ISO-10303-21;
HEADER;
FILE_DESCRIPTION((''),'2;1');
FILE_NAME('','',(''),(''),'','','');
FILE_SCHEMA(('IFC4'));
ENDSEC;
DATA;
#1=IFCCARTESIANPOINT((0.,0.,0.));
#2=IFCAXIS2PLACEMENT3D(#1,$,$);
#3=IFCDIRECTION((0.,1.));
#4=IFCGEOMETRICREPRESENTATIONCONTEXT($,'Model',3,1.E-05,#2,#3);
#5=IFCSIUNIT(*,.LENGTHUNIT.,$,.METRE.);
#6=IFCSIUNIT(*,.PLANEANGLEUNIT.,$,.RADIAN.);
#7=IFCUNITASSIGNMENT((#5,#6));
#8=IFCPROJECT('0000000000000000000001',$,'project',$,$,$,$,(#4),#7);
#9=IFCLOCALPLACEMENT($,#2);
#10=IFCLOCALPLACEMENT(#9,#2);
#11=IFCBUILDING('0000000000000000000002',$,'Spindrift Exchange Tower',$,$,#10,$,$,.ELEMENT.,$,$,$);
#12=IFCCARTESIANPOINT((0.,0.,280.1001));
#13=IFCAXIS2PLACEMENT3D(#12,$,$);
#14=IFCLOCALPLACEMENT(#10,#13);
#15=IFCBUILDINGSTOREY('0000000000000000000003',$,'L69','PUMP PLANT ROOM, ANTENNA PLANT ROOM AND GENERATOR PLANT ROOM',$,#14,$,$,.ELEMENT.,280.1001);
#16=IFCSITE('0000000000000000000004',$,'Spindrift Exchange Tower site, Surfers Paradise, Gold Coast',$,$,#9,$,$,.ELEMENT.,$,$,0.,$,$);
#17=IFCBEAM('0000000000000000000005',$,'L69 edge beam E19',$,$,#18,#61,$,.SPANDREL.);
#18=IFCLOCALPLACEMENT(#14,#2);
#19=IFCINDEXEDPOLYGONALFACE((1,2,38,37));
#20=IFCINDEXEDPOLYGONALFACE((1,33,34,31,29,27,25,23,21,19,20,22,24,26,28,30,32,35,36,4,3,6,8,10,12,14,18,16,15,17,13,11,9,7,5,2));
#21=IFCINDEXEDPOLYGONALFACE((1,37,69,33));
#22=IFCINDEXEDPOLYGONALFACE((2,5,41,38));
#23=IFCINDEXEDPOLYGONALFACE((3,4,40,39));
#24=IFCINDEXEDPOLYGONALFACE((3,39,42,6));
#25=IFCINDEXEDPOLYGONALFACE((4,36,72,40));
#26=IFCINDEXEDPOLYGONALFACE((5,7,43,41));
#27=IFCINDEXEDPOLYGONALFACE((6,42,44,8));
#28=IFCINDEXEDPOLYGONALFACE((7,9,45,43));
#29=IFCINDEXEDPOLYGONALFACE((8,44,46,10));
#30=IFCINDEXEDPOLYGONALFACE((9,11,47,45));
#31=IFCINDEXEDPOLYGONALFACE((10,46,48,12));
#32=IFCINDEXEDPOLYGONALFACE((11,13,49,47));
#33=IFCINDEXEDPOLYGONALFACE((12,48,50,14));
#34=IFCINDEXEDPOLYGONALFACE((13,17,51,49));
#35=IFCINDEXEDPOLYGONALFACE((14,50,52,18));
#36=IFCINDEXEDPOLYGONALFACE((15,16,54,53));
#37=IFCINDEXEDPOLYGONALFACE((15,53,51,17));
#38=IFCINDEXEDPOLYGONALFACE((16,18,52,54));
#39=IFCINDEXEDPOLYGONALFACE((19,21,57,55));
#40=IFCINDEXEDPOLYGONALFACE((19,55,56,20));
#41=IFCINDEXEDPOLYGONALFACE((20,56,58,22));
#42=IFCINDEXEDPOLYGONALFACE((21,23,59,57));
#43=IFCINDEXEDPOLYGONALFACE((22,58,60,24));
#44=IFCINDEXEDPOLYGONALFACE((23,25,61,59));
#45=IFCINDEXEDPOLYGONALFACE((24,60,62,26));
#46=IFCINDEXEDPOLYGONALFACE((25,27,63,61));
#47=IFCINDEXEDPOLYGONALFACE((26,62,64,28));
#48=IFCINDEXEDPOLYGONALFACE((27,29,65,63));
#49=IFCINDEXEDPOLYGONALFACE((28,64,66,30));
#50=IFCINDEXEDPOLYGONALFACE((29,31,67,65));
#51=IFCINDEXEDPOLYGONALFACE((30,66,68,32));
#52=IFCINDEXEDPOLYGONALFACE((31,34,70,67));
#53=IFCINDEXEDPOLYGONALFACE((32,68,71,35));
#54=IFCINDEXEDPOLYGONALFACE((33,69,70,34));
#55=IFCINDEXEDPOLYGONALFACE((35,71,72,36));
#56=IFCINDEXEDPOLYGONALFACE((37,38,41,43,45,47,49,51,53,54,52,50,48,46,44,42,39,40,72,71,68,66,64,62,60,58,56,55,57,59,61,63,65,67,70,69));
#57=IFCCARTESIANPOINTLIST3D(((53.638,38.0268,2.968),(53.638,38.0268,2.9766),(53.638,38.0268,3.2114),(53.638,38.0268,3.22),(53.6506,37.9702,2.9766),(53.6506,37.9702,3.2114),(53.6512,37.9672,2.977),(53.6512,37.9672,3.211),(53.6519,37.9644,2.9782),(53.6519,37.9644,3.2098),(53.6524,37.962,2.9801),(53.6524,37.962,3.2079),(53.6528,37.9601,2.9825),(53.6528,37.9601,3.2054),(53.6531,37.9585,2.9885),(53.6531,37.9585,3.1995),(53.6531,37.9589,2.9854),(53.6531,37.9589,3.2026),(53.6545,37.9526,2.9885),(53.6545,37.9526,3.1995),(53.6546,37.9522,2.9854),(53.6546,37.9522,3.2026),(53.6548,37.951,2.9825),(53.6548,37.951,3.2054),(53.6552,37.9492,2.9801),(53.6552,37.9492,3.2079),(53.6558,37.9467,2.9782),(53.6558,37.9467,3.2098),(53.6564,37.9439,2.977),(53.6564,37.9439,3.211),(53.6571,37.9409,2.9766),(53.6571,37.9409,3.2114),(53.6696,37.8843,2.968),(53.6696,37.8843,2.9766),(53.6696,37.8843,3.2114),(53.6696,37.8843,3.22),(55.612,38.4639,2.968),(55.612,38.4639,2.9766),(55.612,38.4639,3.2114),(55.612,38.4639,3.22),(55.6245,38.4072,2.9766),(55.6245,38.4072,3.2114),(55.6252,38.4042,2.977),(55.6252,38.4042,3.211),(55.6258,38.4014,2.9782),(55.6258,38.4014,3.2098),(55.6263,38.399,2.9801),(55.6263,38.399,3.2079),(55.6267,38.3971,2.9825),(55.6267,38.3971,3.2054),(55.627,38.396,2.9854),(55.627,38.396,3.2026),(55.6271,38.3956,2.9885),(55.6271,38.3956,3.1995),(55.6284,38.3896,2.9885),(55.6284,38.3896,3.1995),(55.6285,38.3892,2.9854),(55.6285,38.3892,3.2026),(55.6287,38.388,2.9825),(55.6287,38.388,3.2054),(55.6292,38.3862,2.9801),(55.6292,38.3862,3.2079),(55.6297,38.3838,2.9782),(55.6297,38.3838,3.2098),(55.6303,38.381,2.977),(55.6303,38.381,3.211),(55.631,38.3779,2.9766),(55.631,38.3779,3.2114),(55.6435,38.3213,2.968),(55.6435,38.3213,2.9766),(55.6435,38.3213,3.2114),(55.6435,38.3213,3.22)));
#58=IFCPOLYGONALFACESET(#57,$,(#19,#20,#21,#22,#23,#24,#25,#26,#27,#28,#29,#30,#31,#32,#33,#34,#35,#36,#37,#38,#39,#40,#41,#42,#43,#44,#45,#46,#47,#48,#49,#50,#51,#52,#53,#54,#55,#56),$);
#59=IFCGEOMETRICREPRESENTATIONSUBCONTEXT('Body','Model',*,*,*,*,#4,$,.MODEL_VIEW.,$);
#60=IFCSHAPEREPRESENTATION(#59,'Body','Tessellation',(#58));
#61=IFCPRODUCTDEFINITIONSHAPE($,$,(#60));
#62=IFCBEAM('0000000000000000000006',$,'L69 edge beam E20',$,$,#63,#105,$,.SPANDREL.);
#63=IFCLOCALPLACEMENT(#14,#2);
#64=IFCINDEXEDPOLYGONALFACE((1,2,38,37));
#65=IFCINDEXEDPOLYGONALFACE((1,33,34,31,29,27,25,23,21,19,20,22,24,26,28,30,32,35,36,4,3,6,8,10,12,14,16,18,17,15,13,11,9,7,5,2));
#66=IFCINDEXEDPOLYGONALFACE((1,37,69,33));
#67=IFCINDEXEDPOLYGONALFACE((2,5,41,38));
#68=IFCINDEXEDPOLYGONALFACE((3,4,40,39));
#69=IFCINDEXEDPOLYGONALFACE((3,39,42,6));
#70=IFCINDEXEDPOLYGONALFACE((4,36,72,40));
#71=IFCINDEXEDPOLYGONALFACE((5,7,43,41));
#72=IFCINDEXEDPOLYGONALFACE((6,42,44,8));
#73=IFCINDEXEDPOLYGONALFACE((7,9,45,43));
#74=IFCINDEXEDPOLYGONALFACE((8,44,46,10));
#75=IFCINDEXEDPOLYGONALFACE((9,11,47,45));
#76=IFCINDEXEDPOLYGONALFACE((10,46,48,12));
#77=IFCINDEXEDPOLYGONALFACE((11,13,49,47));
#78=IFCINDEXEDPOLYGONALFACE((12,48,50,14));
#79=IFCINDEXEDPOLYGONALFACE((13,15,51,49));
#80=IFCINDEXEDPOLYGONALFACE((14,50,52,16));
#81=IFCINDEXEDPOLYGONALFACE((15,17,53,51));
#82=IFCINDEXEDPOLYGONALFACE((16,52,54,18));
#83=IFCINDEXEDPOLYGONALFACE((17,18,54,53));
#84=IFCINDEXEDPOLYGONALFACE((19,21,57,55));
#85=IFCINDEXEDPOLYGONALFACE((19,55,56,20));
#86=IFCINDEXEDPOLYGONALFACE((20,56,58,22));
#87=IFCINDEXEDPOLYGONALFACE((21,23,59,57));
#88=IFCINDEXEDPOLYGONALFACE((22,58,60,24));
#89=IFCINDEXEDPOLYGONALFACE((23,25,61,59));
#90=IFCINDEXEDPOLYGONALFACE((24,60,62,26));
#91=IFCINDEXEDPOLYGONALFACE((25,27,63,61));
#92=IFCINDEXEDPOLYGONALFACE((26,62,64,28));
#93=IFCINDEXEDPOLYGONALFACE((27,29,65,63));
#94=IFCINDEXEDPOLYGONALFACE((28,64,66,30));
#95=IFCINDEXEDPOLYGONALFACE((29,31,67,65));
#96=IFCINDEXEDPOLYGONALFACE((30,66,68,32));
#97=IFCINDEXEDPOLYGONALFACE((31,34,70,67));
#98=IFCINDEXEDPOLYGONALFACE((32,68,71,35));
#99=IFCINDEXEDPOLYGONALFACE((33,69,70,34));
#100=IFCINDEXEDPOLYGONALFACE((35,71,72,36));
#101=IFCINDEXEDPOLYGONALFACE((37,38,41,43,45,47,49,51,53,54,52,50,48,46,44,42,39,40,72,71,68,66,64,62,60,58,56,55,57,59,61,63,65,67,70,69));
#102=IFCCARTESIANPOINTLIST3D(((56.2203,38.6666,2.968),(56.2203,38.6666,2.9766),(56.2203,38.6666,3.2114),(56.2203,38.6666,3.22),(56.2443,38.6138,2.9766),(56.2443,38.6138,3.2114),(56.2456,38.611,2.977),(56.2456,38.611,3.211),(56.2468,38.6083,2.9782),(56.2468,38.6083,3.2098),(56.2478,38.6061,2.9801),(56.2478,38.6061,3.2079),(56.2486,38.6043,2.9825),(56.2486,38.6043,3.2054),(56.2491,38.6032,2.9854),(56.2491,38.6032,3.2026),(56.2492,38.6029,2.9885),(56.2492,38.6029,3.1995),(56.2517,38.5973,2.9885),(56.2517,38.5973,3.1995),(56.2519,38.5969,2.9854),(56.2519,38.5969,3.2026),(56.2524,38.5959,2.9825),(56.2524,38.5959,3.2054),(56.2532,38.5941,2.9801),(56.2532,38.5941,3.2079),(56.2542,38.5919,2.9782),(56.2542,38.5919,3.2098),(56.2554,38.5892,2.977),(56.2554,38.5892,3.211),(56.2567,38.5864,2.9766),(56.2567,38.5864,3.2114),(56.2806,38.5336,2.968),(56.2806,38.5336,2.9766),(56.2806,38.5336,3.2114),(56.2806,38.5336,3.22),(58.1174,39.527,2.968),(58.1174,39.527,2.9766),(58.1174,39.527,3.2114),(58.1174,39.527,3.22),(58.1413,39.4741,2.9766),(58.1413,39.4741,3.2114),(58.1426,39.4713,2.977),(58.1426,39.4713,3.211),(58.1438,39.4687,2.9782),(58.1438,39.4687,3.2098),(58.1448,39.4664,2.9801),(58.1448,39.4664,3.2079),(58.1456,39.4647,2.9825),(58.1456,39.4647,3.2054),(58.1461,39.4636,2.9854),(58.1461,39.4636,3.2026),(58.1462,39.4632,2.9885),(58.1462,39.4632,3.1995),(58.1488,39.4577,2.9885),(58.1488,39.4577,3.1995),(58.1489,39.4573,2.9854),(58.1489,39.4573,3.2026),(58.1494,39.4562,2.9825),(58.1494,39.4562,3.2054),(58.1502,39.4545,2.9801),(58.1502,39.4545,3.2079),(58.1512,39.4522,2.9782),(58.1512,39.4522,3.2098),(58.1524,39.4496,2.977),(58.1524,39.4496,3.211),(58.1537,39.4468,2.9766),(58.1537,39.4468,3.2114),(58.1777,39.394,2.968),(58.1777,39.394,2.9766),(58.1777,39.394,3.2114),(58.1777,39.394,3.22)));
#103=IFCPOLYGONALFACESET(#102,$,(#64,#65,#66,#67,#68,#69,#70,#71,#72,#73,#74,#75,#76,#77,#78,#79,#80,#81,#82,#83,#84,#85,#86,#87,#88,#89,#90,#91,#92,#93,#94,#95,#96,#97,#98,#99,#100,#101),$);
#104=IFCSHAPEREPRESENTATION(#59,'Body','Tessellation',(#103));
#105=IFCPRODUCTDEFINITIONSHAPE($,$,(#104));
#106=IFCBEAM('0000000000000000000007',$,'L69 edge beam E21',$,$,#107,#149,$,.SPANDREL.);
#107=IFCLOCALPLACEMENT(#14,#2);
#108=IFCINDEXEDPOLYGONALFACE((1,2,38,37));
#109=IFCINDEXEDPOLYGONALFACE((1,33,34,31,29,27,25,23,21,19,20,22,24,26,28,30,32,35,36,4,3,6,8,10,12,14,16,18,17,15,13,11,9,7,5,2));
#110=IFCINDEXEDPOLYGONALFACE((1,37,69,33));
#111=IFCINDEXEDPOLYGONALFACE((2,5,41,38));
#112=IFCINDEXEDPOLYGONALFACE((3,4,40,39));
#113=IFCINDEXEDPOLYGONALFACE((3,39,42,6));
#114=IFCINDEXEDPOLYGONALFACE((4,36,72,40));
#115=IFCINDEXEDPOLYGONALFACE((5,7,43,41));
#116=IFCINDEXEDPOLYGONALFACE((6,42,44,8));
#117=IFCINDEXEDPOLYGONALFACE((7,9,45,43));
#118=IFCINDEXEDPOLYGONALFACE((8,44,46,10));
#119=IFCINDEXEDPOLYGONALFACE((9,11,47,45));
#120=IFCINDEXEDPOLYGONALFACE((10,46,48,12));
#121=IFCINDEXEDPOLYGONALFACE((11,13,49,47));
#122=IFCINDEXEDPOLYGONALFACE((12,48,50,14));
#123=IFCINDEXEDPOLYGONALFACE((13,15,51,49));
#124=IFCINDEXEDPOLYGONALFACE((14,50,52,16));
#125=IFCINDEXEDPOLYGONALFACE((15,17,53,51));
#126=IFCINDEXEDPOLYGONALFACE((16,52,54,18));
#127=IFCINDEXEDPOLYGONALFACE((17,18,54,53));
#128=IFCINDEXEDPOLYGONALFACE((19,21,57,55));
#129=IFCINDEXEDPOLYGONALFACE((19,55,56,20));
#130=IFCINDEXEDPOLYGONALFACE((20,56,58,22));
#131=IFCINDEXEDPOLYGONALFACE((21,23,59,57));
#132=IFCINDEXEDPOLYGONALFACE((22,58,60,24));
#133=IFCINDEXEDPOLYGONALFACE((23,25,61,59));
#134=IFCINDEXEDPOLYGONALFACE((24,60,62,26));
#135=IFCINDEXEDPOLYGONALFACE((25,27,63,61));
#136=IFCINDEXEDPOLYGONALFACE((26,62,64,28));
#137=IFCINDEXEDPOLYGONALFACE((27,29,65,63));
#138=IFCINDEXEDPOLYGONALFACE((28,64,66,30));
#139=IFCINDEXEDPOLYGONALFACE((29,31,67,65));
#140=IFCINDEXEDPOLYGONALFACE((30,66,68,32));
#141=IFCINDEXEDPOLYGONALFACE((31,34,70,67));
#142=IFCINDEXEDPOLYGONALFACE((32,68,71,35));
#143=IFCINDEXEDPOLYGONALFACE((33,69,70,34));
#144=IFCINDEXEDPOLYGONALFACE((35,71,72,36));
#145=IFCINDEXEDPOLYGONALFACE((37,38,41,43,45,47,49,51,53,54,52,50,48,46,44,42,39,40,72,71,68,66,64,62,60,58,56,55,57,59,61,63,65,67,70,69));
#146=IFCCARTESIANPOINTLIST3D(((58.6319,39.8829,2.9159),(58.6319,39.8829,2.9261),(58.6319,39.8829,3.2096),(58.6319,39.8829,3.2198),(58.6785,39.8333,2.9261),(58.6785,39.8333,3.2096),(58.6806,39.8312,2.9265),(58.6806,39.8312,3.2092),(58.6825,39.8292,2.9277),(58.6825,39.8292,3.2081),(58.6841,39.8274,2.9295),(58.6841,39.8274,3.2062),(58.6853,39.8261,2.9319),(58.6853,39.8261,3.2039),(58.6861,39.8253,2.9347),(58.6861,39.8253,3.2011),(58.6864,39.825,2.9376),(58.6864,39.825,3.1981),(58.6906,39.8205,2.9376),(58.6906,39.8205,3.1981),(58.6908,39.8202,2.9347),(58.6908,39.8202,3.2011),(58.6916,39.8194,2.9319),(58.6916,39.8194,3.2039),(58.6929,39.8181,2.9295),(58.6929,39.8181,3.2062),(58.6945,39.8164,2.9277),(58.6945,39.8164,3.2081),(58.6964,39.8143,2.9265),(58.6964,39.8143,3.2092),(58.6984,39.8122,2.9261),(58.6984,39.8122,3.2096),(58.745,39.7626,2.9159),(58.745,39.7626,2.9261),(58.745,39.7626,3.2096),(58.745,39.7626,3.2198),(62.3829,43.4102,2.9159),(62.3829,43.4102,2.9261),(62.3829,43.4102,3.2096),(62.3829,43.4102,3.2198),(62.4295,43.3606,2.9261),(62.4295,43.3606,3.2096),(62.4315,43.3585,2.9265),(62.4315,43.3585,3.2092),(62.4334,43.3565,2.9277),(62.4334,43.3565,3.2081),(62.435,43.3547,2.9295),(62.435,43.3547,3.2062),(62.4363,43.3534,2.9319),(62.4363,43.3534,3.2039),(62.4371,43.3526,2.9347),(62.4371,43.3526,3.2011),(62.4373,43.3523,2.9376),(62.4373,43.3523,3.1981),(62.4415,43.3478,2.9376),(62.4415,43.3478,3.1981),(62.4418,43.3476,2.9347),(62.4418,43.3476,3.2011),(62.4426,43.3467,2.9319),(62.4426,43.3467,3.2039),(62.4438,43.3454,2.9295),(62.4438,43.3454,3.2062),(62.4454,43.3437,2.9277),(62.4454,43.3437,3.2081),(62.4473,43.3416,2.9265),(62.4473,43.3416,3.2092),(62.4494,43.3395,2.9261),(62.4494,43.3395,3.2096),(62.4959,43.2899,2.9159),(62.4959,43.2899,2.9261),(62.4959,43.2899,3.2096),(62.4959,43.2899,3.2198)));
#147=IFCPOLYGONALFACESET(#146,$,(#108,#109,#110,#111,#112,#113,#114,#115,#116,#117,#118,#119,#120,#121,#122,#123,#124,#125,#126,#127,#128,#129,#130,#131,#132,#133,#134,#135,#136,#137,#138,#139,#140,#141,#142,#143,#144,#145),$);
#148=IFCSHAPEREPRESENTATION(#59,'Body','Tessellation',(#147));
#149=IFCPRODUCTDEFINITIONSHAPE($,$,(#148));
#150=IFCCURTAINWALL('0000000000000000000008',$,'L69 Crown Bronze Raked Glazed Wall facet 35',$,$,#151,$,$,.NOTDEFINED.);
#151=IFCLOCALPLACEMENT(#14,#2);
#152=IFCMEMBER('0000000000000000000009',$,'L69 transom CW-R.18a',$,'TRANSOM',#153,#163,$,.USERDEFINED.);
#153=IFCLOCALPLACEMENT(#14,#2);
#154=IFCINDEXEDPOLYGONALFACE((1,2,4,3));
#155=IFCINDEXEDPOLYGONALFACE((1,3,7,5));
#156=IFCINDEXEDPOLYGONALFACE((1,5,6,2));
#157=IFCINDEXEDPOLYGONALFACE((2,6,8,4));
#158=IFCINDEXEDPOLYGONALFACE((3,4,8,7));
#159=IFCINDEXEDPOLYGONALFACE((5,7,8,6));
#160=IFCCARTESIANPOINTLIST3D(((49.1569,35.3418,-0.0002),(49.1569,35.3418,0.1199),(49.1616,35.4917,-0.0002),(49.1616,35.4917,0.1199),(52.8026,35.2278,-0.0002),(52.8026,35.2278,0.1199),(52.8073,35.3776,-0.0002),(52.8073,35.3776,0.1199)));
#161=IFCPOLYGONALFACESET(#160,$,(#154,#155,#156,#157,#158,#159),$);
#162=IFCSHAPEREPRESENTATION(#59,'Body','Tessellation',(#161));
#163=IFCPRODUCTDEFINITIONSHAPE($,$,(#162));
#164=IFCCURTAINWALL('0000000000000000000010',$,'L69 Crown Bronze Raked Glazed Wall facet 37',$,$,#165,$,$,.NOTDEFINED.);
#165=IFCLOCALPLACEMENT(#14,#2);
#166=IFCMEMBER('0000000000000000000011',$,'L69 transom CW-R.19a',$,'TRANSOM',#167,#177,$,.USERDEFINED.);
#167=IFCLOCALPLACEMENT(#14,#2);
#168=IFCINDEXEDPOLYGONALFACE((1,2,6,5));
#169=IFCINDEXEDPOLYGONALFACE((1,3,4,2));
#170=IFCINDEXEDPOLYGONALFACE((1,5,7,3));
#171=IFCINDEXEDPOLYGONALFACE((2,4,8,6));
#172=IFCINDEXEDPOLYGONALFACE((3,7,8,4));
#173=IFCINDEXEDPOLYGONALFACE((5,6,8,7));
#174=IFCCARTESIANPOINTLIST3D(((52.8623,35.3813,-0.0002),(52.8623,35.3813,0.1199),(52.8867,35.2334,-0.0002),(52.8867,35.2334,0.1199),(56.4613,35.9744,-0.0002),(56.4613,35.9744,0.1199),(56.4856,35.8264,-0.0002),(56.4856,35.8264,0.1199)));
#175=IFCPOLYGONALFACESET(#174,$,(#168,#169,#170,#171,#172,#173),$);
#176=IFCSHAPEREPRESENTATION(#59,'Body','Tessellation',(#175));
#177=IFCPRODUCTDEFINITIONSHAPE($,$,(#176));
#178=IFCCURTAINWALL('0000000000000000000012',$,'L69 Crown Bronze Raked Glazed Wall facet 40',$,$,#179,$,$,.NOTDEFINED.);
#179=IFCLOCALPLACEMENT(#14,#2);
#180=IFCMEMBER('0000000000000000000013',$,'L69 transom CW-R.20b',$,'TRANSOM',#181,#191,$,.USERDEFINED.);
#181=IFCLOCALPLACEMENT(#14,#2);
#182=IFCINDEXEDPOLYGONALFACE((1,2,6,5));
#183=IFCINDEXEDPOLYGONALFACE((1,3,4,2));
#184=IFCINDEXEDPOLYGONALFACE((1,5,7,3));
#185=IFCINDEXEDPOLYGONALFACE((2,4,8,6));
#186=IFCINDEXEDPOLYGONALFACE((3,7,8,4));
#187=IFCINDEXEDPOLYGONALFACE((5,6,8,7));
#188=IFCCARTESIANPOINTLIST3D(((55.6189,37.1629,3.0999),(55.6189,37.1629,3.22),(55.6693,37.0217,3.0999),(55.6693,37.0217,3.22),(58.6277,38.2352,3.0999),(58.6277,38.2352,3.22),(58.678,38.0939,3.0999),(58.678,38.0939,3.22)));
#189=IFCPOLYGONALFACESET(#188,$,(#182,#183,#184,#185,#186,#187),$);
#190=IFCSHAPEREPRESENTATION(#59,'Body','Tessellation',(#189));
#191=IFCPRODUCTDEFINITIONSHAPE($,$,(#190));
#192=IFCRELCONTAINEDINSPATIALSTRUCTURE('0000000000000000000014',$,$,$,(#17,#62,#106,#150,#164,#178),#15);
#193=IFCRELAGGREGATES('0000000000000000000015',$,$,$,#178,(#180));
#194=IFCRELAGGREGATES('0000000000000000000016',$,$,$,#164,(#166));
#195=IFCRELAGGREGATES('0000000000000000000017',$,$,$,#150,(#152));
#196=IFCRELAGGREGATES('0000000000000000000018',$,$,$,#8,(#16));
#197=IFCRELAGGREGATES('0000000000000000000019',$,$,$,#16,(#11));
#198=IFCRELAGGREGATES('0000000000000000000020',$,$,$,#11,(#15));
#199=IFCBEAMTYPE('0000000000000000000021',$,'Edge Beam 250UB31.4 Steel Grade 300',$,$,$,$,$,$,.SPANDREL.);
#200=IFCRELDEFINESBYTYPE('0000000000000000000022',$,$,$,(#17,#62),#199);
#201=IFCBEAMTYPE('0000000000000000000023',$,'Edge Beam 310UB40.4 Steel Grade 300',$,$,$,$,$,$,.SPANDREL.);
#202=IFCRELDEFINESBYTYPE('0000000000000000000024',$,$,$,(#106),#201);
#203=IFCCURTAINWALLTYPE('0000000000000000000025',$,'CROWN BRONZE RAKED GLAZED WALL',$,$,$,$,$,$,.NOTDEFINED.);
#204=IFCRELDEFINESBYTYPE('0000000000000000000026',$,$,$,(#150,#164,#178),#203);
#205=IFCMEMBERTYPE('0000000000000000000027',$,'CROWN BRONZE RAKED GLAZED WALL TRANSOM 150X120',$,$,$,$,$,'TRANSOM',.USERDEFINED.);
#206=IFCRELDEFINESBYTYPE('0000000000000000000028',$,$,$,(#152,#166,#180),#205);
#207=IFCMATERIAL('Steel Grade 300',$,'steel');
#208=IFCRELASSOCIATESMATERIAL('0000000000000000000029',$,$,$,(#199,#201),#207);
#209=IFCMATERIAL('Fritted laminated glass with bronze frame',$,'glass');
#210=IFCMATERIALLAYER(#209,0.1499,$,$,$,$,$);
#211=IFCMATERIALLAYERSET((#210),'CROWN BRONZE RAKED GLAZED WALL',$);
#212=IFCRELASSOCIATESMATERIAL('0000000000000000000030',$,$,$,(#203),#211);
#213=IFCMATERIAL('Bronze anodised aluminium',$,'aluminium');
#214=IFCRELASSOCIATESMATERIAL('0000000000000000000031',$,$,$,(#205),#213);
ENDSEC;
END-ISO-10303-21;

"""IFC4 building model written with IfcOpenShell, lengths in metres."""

from ifc_helpers import new_model, si_unit, direction, frame, origin, origin_2d, place, context, subcontext, project, spatial, rectangle, i_section, extrude, source, transform, mapped, material, layer, layer_set, material_profile, profile_set, type_object, element, aggregate, save


model = new_model("IFC4")

# Units and contexts
model_context = context("Model", 3, precision=1e-05, world=origin(), true_north=direction((0.0, 1.0)))
body_context = subcontext(model_context, "Body", "Model", "MODEL_VIEW")
ifc_project = project(units=[si_unit("LENGTHUNIT", "METRE"), si_unit("PLANEANGLEUNIT", "RADIAN")], contexts=[model_context])

# Site, building, storey
site_placement = place(None, origin())
site = spatial("IfcSite", under=ifc_project, at=site_placement, Name="Spindrift Exchange Tower site, Surfers Paradise, Gold Coast", CompositionType="ELEMENT", RefElevation=0.0)
building_placement = place(site_placement, origin())
building = spatial("IfcBuilding", under=site, at=building_placement, Name="Spindrift Exchange Tower", CompositionType="ELEMENT")
storey_placement = place(building_placement, frame((0.0, 0.0, 280.1001)))
storey = spatial("IfcBuildingStorey", under=building, at=storey_placement, Name="L69", Description="PUMP PLANT ROOM, ANTENNA PLANT ROOM AND GENERATOR PLANT ROOM", CompositionType="ELEMENT", Elevation=280.1001)

# Beams
ifc_material_1 = material(Name="Steel Grade 300", Category="steel")
ifc_material_profile_1 = material_profile(ifc_material_1, i_section(OverallWidth=0.146, OverallDepth=0.252, WebThickness=0.0061, FlangeThickness=0.0085, FilletRadius=0.012, at=origin_2d()), Name="250UB31.4")
ifc_profile_set_1 = profile_set([ifc_material_profile_1], Name="Steel Grade 300")
beam_type_1 = type_object("IfcBeamType", Name="Edge Beam 250UB31.4 Steel Grade 300", PredefinedType="SPANDREL", material=ifc_profile_set_1)
shared_shape_1 = source(origin(), body_context, "Body", "SweptSolid", [
    extrude(i_section(OverallWidth=0.146, OverallDepth=0.252, WebThickness=0.0061, FlangeThickness=0.0085, FilletRadius=0.012, at=origin_2d()), origin(), (0.0, 0.0, 1.0), 2.0217),
])
beam_1_placement = place(storey_placement, frame((53.6538, 37.9556, 3.094), z_axis=(0.976357, 0.216163, 0.0), x_axis=(-0.216163, 0.976357, 0.0)))
element("IfcBeam", 1, at=beam_1_placement, inside=storey, type_object=beam_type_1, Name="L69 edge beam E19", PredefinedType="SPANDREL", context=body_context, shape_type="MappedRepresentation", body=[
    mapped(shared_shape_1, transform((0.0, 0.0, 0.0), scale=1.0)),
])
shared_shape_2 = source(origin(), body_context, "Body", "SweptSolid", [
    extrude(i_section(OverallWidth=0.146, OverallDepth=0.252, WebThickness=0.0061, FlangeThickness=0.0085, FilletRadius=0.012, at=origin_2d()), origin(), (0.0, 0.0, 1.0), 2.083),
])
beam_2_placement = place(storey_placement, frame((56.2505, 38.6001, 3.094), z_axis=(0.910711, 0.413043, 0.0), x_axis=(-0.413043, 0.910711, 0.0)))
element("IfcBeam", 2, at=beam_2_placement, inside=storey, type_object=beam_type_1, Name="L69 edge beam E20", PredefinedType="SPANDREL", context=body_context, shape_type="MappedRepresentation", body=[
    mapped(shared_shape_2, transform((0.0, 0.0, 0.0), scale=1.0)),
])
ifc_material_profile_2 = material_profile(ifc_material_1, i_section(OverallWidth=0.165, OverallDepth=0.304, WebThickness=0.0061, FlangeThickness=0.0103, FilletRadius=0.0115, at=origin_2d()), Name="310UB40.4")
ifc_profile_set_2 = profile_set([ifc_material_profile_2], Name="Steel Grade 300")
beam_type_2 = type_object("IfcBeamType", Name="Edge Beam 310UB40.4 Steel Grade 300", PredefinedType="SPANDREL", material=ifc_profile_set_2)
shared_shape_3 = source(origin(), body_context, "Body", "SweptSolid", [
    extrude(i_section(OverallWidth=0.165, OverallDepth=0.304, WebThickness=0.0061, FlangeThickness=0.0103, FilletRadius=0.0115, at=origin_2d()), origin(), (0.0, 0.0, 1.0), 5.1489),
])
beam_3_placement = place(storey_placement, frame((58.6885, 39.8228, 3.0679), z_axis=(0.728489, 0.685057, 0.0), x_axis=(-0.685057, 0.728489, 0.0)))
element("IfcBeam", 3, at=beam_3_placement, inside=storey, type_object=beam_type_2, Name="L69 edge beam E21", PredefinedType="SPANDREL", context=body_context, shape_type="MappedRepresentation", body=[
    mapped(shared_shape_3, transform((0.0, 0.0, 0.0), scale=1.0)),
])

# Curtain walls, members
ifc_material_2 = material(Name="Fritted laminated glass with bronze frame", Category="glass")
ifc_layer_1 = layer(ifc_material_2, 0.1499)
ifc_layer_set_1 = layer_set([ifc_layer_1], Name="CROWN BRONZE RAKED GLAZED WALL")
curtain_wall_type = type_object("IfcCurtainWallType", Name="CROWN BRONZE RAKED GLAZED WALL", PredefinedType="NOTDEFINED", material=ifc_layer_set_1)
curtain_wall_1_placement = place(storey_placement, origin())
curtain_wall_1 = element("IfcCurtainWall", 4, at=curtain_wall_1_placement, inside=storey, type_object=curtain_wall_type, Name="L69 Crown Bronze Raked Glazed Wall facet 35", PredefinedType="NOTDEFINED")
ifc_material_3 = material(Name="Bronze anodised aluminium", Category="aluminium")
ifc_material_profile_3 = material_profile(ifc_material_3, rectangle(XDim=0.1499, YDim=0.1201, at=origin_2d()), Name="CROWN BRONZE RAKED GLAZED WALL TRANSOM 150X120")
ifc_profile_set_3 = profile_set([ifc_material_profile_3], Name="Bronze anodised aluminium")
member_type_1 = type_object("IfcMemberType", Name="CROWN BRONZE RAKED GLAZED WALL TRANSOM 150X120", ElementType="TRANSOM", PredefinedType="USERDEFINED", material=ifc_profile_set_3)
shared_shape_4 = source(origin(), body_context, "Body", "SweptSolid", [
    extrude(rectangle(XDim=0.1499, YDim=0.1201, at=origin_2d()), origin(), (0.0, 0.0, 1.0), 3.6475),
])
member_1_placement = place(storey_placement, frame((52.8049, 35.3027, 0.0598), z_axis=(-0.999511, 0.031258, 0.0), x_axis=(-0.031258, -0.999511, 0.0)))
member_1 = element("IfcMember", 5, at=member_1_placement, type_object=member_type_1, Name="L69 transom CW-R.18a", ObjectType="TRANSOM", PredefinedType="USERDEFINED", context=body_context, shape_type="MappedRepresentation", body=[
    mapped(shared_shape_4, transform((0.0, 0.0, 0.0), scale=1.0)),
])
curtain_wall_2_placement = place(storey_placement, origin())
curtain_wall_2 = element("IfcCurtainWall", 6, at=curtain_wall_2_placement, inside=storey, type_object=curtain_wall_type, Name="L69 Crown Bronze Raked Glazed Wall facet 37", PredefinedType="NOTDEFINED")
member_2_placement = place(storey_placement, frame((52.8745, 35.3074, 0.0598), z_axis=(0.986694, 0.162586, 0.0), x_axis=(-0.162586, 0.986694, 0.0)))
member_2 = element("IfcMember", 7, at=member_2_placement, type_object=member_type_1, Name="L69 transom CW-R.19a", ObjectType="TRANSOM", PredefinedType="USERDEFINED", context=body_context, shape_type="MappedRepresentation", body=[
    mapped(shared_shape_4, transform((0.0, 0.0, 0.0), scale=1.0)),
])
curtain_wall_3_placement = place(storey_placement, origin())
curtain_wall_3 = element("IfcCurtainWall", 8, at=curtain_wall_3_placement, inside=storey, type_object=curtain_wall_type, Name="L69 Crown Bronze Raked Glazed Wall facet 40", PredefinedType="NOTDEFINED")
shared_shape_5 = source(origin(), body_context, "Body", "SweptSolid", [
    extrude(rectangle(XDim=0.1499, YDim=0.1201, at=origin_2d()), origin(), (0.0, 0.0, 1.0), 3.1941),
])
member_3_placement = place(storey_placement, frame((58.6528, 38.1646, 3.1599), z_axis=(-0.94197, -0.335697, 0.0), x_axis=(0.335697, -0.94197, 0.0)))
member_3 = element("IfcMember", 9, at=member_3_placement, type_object=member_type_1, Name="L69 transom CW-R.20b", ObjectType="TRANSOM", PredefinedType="USERDEFINED", context=body_context, shape_type="MappedRepresentation", body=[
    mapped(shared_shape_5, transform((0.0, 0.0, 0.0), scale=1.0)),
])

aggregate(curtain_wall_3, [member_3])

aggregate(curtain_wall_2, [member_2])
aggregate(curtain_wall_1, [member_1])

save(model, "model.ifc")
